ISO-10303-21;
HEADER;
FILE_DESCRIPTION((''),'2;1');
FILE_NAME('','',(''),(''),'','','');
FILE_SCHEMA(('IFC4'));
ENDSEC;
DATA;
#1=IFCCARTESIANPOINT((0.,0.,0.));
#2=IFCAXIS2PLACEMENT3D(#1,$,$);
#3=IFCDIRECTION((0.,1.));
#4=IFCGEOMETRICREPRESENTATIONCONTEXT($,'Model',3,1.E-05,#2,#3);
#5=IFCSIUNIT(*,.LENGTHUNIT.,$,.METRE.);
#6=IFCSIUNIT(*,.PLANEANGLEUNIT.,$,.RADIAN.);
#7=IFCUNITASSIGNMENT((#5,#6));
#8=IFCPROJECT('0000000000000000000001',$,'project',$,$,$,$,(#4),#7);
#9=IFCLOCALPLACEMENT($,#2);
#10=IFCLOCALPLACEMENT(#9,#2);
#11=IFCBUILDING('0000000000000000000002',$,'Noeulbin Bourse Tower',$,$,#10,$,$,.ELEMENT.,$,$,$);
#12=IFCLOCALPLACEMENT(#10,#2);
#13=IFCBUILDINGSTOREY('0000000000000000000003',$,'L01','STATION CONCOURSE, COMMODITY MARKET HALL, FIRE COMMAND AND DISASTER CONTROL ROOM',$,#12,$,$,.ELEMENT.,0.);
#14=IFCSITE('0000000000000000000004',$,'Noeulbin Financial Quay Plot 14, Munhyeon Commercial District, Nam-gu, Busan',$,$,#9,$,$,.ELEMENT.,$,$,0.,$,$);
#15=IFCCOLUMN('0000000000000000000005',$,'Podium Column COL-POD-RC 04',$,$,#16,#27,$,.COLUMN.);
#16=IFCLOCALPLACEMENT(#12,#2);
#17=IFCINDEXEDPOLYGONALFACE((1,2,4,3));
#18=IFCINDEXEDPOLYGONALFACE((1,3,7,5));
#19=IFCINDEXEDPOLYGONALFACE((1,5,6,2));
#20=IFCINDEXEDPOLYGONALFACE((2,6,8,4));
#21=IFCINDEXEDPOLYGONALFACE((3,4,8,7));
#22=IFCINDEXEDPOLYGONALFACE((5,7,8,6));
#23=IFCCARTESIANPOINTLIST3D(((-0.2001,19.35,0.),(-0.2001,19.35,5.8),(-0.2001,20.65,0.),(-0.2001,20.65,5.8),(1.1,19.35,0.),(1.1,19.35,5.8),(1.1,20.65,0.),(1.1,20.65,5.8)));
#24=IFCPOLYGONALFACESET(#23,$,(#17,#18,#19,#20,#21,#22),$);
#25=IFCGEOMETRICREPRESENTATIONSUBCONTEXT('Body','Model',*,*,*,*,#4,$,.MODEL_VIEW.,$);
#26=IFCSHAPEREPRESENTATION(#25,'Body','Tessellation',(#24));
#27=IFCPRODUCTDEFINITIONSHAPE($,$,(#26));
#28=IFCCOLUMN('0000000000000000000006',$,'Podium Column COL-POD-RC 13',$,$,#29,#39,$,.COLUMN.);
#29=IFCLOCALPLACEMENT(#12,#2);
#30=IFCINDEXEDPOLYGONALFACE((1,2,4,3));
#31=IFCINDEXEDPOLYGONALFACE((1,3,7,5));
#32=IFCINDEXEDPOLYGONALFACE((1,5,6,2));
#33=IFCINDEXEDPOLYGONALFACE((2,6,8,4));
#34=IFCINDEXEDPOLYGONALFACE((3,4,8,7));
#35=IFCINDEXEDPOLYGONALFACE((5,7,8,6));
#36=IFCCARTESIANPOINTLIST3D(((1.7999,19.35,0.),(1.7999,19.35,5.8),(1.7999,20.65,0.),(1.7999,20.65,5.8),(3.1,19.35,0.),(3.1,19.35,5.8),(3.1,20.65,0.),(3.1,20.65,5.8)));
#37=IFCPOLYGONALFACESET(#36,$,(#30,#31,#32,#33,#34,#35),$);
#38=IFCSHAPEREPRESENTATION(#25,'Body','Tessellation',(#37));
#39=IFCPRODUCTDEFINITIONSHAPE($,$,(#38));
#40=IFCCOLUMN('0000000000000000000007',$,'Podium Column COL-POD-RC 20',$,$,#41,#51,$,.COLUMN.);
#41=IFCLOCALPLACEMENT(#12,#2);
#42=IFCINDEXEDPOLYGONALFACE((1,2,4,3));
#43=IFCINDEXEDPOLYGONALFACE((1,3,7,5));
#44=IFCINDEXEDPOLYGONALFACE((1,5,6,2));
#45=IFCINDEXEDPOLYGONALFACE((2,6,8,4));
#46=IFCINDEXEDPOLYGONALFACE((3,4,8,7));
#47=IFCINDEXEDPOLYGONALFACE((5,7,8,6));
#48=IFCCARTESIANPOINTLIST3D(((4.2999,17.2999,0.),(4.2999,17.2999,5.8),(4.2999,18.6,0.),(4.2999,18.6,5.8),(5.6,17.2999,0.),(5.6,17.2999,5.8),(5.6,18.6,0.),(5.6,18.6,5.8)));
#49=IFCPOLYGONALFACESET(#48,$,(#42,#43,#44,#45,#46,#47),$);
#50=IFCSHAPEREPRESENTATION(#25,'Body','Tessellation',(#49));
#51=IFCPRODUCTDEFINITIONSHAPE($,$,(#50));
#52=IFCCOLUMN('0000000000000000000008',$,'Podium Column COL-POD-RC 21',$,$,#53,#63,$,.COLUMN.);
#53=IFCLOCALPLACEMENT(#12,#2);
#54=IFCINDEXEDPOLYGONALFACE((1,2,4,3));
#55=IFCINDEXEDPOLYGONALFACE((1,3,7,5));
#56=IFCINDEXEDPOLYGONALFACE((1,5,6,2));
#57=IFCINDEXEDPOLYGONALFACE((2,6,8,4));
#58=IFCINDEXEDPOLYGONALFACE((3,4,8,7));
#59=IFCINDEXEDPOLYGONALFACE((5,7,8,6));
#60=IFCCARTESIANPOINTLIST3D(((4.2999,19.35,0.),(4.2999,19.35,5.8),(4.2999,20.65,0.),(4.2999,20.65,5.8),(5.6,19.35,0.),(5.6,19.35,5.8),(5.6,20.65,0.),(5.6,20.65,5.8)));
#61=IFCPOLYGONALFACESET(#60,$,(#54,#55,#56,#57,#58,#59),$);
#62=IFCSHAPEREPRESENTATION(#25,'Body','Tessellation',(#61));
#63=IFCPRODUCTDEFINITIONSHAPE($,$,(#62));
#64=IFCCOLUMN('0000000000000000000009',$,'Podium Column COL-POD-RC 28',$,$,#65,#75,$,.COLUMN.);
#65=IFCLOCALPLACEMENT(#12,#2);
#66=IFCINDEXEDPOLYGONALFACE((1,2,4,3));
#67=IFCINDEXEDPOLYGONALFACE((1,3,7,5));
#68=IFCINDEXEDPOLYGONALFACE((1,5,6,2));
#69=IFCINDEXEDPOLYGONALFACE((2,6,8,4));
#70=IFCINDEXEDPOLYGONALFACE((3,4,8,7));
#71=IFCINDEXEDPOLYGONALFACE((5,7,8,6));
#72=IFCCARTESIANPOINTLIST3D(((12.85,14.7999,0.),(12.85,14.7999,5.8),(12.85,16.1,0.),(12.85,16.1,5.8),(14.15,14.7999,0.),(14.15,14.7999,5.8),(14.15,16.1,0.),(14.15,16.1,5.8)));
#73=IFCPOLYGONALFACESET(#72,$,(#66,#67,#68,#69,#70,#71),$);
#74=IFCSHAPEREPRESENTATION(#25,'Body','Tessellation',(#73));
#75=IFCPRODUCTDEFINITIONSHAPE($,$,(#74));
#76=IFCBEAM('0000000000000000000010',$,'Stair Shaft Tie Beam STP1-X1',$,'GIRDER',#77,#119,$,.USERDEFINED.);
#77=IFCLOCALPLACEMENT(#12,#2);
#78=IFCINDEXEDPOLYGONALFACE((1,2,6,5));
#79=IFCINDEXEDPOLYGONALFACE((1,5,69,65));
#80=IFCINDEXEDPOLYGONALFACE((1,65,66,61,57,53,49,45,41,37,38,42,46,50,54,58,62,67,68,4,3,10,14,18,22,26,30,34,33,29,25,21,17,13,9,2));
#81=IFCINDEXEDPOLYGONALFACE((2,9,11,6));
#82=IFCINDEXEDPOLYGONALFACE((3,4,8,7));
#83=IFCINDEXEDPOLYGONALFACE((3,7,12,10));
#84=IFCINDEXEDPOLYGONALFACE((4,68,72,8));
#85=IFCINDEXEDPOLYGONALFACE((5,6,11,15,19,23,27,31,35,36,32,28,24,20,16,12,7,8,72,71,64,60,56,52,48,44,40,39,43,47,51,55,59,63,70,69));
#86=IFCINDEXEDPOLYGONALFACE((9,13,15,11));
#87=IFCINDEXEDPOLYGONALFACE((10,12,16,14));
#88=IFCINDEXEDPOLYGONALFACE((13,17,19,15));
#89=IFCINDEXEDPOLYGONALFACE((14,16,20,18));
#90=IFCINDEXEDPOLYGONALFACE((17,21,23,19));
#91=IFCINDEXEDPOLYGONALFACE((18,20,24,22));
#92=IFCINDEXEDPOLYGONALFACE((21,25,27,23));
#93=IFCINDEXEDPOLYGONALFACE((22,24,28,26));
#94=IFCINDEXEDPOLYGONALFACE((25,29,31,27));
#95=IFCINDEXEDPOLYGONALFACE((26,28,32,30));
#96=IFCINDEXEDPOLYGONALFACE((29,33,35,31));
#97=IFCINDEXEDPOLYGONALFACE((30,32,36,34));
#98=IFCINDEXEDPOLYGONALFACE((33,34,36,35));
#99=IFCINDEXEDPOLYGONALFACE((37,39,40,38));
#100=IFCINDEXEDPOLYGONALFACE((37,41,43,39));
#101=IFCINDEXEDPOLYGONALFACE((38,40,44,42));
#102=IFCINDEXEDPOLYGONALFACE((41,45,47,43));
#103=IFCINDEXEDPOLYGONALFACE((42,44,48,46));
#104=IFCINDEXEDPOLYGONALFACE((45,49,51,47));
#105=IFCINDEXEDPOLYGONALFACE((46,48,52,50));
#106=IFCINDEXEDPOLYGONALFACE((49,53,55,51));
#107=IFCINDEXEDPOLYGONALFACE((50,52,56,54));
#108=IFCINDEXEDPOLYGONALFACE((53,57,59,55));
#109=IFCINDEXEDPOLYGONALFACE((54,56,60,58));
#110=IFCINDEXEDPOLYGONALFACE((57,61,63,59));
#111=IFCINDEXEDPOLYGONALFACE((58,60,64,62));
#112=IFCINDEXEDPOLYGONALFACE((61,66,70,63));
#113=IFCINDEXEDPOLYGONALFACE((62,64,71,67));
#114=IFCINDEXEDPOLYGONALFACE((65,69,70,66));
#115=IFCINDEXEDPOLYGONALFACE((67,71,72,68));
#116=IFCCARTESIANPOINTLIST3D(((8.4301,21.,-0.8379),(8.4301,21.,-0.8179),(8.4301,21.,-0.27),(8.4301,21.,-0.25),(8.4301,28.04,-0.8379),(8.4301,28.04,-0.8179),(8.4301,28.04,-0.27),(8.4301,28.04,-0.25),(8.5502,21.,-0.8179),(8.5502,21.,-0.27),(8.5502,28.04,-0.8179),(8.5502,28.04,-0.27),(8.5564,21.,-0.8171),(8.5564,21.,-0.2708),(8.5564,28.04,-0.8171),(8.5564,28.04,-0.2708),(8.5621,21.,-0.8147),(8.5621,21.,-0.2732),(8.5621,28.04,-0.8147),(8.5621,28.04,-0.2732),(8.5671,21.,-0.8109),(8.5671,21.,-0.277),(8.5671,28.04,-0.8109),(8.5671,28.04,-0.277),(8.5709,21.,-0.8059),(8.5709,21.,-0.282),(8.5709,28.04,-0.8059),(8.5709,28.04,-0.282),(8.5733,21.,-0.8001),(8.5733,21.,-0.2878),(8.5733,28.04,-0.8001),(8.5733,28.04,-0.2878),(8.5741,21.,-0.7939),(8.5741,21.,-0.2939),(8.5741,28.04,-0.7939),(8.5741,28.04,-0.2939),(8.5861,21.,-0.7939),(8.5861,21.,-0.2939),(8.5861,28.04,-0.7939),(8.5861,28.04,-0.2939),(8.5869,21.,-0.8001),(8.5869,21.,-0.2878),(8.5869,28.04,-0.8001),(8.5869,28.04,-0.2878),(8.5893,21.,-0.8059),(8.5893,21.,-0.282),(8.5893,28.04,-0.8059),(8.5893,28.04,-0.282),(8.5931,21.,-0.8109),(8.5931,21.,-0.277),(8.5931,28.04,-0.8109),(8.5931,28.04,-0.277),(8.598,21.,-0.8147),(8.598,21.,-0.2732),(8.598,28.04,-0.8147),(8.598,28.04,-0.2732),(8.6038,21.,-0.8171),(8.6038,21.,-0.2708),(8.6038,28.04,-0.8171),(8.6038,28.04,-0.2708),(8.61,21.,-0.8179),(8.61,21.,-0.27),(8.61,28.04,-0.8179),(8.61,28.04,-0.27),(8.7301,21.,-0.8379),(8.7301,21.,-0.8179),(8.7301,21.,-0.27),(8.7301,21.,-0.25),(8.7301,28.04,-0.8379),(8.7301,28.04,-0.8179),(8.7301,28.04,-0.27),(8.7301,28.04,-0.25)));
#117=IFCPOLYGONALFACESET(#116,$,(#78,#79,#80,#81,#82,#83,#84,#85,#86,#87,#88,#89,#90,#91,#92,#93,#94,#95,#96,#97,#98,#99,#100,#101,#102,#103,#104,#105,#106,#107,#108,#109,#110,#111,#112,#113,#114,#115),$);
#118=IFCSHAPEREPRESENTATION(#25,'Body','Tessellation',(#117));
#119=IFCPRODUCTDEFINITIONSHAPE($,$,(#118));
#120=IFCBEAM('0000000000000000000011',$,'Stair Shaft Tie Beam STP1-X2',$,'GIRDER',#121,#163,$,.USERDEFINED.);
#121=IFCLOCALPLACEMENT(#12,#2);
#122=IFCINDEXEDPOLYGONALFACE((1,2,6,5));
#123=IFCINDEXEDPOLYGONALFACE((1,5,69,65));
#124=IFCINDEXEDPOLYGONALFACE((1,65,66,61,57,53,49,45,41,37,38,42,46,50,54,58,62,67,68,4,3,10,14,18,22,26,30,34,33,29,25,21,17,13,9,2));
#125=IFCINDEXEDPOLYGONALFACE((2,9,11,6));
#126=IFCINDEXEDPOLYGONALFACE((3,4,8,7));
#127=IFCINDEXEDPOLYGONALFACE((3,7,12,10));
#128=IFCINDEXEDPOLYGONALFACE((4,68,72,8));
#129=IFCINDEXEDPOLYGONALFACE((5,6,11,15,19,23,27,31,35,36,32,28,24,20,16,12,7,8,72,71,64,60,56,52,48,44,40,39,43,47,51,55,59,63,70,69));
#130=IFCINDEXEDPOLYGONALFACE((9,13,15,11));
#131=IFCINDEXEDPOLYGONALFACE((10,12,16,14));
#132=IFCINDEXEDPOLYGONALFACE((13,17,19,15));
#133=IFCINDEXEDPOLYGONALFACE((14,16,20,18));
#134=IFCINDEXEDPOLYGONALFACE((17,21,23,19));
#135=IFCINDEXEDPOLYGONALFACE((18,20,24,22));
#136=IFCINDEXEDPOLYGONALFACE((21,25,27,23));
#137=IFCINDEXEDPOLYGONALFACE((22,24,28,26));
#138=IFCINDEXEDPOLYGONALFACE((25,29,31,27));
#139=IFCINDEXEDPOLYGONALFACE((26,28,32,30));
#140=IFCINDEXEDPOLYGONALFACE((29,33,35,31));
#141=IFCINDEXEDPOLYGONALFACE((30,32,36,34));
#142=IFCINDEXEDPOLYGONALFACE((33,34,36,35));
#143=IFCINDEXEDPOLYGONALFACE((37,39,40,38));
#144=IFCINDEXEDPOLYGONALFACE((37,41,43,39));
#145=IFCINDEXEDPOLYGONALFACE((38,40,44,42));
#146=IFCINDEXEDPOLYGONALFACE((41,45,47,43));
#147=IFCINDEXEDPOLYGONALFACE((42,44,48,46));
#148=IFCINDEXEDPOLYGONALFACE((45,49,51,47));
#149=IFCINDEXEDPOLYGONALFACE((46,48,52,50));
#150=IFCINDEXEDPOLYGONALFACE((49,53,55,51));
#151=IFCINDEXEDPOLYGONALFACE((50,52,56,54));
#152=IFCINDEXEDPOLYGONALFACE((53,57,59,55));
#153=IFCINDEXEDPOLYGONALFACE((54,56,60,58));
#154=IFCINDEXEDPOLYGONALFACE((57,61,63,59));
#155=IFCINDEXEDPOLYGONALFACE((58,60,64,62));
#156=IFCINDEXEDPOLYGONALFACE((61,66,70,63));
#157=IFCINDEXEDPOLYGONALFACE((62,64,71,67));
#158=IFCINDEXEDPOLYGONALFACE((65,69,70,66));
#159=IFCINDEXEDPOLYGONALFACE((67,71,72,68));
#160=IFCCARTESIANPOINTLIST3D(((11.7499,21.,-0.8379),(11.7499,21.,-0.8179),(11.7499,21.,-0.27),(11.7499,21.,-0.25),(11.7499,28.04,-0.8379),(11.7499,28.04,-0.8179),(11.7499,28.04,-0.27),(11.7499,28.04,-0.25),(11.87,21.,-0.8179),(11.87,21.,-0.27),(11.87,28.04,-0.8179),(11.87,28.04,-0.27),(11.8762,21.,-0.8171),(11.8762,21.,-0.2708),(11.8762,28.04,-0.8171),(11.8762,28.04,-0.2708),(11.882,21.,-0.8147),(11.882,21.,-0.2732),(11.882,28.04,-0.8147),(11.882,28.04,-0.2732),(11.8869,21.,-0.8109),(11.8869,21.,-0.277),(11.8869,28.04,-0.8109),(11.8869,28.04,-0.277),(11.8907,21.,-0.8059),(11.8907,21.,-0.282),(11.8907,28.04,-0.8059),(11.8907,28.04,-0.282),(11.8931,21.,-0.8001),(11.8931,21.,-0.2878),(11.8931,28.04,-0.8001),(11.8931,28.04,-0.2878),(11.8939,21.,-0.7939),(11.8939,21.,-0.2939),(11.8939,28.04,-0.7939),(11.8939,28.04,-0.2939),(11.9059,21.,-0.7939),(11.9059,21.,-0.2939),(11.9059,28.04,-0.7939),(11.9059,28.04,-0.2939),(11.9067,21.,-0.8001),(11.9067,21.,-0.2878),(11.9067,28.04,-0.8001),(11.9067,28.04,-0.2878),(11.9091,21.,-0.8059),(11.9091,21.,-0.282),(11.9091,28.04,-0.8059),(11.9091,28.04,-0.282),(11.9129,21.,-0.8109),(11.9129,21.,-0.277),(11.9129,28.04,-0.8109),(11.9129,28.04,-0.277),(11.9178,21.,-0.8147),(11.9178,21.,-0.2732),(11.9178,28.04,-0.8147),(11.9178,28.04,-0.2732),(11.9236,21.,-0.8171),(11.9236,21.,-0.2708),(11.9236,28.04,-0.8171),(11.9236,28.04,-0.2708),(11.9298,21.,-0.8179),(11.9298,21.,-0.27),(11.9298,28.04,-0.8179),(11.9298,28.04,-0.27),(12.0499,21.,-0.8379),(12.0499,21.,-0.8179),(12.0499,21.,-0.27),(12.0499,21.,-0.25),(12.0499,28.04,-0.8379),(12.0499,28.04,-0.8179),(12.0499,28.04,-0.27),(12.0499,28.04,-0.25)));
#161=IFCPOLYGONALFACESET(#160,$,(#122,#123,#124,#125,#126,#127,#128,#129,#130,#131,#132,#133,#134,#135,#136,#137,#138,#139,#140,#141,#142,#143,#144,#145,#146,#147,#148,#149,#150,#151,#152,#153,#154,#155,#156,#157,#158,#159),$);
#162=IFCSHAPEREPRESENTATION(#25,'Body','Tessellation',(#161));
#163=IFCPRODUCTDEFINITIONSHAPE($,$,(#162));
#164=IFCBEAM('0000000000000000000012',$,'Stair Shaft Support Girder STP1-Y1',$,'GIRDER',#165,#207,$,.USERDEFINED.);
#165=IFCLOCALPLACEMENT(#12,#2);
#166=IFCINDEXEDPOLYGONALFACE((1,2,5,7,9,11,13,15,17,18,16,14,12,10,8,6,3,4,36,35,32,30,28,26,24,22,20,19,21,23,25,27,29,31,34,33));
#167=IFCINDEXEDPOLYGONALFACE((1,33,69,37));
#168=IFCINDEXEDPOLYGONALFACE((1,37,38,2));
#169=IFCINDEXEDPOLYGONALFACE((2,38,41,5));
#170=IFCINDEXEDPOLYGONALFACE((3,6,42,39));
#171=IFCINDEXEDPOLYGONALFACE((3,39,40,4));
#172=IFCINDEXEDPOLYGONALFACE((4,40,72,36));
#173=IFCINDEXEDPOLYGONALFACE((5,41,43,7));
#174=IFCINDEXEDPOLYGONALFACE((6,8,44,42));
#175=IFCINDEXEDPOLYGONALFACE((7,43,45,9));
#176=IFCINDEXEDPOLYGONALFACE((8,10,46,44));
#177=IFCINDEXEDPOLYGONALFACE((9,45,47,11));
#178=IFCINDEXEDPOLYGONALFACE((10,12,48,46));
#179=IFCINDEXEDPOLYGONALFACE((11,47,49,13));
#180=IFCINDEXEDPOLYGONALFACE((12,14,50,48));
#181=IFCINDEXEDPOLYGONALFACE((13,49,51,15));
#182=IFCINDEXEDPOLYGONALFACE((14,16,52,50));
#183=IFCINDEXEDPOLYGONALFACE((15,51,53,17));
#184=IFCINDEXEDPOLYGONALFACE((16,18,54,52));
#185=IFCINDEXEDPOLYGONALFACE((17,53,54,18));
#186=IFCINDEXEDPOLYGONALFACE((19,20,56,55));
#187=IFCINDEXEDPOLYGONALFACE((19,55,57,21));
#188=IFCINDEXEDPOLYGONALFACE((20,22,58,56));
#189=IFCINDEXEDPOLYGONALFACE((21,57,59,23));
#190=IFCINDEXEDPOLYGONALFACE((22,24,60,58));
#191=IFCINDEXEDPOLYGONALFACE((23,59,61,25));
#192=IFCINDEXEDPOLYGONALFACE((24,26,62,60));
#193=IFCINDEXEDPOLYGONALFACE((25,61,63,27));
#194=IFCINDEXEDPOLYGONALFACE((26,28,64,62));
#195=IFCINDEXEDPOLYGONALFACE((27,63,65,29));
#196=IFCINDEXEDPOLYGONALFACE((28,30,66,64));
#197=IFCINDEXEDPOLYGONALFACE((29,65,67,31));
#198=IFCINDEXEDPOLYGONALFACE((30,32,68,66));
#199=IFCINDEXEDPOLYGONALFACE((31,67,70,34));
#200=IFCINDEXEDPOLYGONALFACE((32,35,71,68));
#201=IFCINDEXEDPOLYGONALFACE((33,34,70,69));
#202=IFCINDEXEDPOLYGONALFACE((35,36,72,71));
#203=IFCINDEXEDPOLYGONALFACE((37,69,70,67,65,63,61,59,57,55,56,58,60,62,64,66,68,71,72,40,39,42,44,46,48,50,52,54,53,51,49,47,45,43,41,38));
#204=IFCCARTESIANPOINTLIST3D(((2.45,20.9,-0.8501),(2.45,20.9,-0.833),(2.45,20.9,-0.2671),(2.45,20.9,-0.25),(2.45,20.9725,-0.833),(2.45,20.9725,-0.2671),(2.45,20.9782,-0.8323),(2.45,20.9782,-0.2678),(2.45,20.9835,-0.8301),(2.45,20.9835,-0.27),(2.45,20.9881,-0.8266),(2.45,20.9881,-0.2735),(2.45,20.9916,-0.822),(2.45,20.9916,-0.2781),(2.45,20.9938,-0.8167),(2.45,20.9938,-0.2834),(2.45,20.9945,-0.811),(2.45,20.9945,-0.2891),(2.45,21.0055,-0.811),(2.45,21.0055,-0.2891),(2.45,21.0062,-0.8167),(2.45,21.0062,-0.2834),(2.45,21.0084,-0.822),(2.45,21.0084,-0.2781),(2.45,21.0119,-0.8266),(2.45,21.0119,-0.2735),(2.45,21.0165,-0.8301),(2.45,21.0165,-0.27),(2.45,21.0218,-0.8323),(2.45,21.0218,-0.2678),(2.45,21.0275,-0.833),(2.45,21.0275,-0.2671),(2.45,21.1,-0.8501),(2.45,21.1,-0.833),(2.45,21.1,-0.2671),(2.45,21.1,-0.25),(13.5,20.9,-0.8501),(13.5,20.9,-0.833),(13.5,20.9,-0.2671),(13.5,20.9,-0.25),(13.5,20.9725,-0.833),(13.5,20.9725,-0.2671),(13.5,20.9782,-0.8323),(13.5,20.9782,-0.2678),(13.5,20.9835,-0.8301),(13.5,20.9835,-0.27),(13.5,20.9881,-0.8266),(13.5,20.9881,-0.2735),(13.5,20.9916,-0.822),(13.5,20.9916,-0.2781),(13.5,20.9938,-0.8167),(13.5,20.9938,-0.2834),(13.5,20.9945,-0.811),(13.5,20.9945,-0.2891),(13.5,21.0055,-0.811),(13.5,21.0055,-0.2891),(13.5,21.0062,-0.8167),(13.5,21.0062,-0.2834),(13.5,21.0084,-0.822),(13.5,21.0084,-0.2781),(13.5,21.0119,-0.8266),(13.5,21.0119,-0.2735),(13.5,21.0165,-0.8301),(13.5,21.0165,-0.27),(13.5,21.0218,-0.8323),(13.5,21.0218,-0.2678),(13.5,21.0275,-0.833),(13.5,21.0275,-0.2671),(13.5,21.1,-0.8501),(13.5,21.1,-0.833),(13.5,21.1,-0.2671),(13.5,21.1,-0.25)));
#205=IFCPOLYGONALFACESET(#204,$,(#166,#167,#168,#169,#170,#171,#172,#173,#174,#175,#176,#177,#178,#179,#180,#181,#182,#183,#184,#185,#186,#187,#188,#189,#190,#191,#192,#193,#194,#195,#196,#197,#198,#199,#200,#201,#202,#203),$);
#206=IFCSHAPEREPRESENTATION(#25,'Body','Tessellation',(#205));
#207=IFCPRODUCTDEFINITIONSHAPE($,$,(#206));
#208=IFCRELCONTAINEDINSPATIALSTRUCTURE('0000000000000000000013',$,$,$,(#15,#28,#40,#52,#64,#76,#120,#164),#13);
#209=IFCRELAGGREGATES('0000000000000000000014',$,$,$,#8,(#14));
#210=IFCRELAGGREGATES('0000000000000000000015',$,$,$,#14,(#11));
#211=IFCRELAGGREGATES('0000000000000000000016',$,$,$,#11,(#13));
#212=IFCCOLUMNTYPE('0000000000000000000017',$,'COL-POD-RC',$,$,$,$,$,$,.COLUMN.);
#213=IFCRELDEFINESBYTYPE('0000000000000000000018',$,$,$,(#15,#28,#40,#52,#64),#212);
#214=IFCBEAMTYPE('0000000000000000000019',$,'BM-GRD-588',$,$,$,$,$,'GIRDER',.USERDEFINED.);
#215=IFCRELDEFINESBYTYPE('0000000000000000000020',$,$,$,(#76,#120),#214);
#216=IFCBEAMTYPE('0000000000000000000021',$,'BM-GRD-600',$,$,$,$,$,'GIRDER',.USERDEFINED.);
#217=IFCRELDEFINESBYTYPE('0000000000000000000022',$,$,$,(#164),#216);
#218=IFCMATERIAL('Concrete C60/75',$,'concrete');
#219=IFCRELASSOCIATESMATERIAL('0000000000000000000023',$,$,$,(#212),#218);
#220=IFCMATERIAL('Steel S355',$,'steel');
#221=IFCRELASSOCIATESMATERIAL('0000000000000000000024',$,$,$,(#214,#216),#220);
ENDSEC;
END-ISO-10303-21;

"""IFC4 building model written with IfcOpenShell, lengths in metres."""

from ifc_helpers import new_model, si_unit, direction, frame, origin, origin_2d, place, context, subcontext, project, spatial, rectangle, i_section, extrude, material, material_profile, profile_set, type_object, element, save


model = new_model("IFC4")

# Units and contexts
model_context = context("Model", 3, precision=1e-05, world=origin(), true_north=direction((0.0, 1.0)))
body_context = subcontext(model_context, "Body", "Model", "MODEL_VIEW")
ifc_project = project(units=[si_unit("LENGTHUNIT", "METRE"), si_unit("PLANEANGLEUNIT", "RADIAN")], contexts=[model_context])

# Site, building, storey
site_placement = place(None, origin())
site = spatial("IfcSite", under=ifc_project, at=site_placement, Name="Noeulbin Financial Quay Plot 14, Munhyeon Commercial District, Nam-gu, Busan", CompositionType="ELEMENT", RefElevation=0.0)
building_placement = place(site_placement, origin())
building = spatial("IfcBuilding", under=site, at=building_placement, Name="Noeulbin Bourse Tower", CompositionType="ELEMENT")
storey_placement = place(building_placement, origin())
storey = spatial("IfcBuildingStorey", under=building, at=storey_placement, Name="L01", Description="STATION CONCOURSE, COMMODITY MARKET HALL, FIRE COMMAND AND DISASTER CONTROL ROOM", CompositionType="ELEMENT", Elevation=0.0)

# Columns
ifc_material_1 = material(Name="Concrete C60/75", Category="concrete")
ifc_material_profile_1 = material_profile(ifc_material_1, rectangle(XDim=1.3, YDim=1.3, at=origin_2d()), Name="RC-COL-1300x1300", Category="LoadBearing")
ifc_profile_set_1 = profile_set([ifc_material_profile_1], Name="Concrete C60/75")
column_type = type_object("IfcColumnType", Name="COL-POD-RC", PredefinedType="COLUMN", material=ifc_profile_set_1)
for number, where, z_axis, x_axis, name in (
    (1, (0.45, 20.0, 0.0), (0.0, 0.0, 1.0), (1.0, 0.0, 0.0), "Podium Column COL-POD-RC 04"),
    (2, (2.45, 20.0, 0.0), (0.0, 0.0, 1.0), (1.0, 0.0, 0.0), "Podium Column COL-POD-RC 13"),
    (3, (4.95, 17.95, 0.0), (0.0, 0.0, 1.0), (1.0, 0.0, 0.0), "Podium Column COL-POD-RC 20"),
    (4, (4.95, 20.0, 0.0), (0.0, 0.0, 1.0), (1.0, 0.0, 0.0), "Podium Column COL-POD-RC 21"),
    (5, (13.5, 15.45, 0.0), (0.0, 0.0, 1.0), (1.0, 0.0, 0.0), "Podium Column COL-POD-RC 28"),
):
    element("IfcColumn", number, at=place(storey_placement, frame(where, z_axis=z_axis, x_axis=x_axis)), inside=storey, type_object=column_type, Name=name, PredefinedType="COLUMN", context=body_context, shape_type="SweptSolid", body=[
        extrude(rectangle(XDim=1.3, YDim=1.3, at=origin_2d()), origin(), (0.0, 0.0, 1.0), 5.8),
    ])

# Beams
ifc_material_2 = material(Name="Steel S355", Category="steel")
ifc_material_profile_2 = material_profile(ifc_material_2, i_section(OverallWidth=0.3, OverallDepth=0.5879, WebThickness=0.012, FlangeThickness=0.02, FilletRadius=0.0239, at=origin_2d()), Name="H-588x300x12x20", Category="LoadBearing")
ifc_profile_set_2 = profile_set([ifc_material_profile_2], Name="Steel S355")
beam_type_1 = type_object("IfcBeamType", Name="BM-GRD-588", ElementType="GIRDER", PredefinedType="USERDEFINED", material=ifc_profile_set_2)
for number, where, z_axis, x_axis, name in (
    (6, (8.5801, 21.0, -0.5439), (0.0, 1.0, 0.0), (-1.0, 0.0, 0.0), "Stair Shaft Tie Beam STP1-X1"),
    (7, (11.8999, 21.0, -0.5439), (0.0, 1.0, 0.0), (-1.0, 0.0, 0.0), "Stair Shaft Tie Beam STP1-X2"),
):
    element("IfcBeam", number, at=place(storey_placement, frame(where, z_axis=z_axis, x_axis=x_axis)), inside=storey, type_object=beam_type_1, Name=name, ObjectType="GIRDER", PredefinedType="USERDEFINED", context=body_context, shape_type="SweptSolid", body=[
        extrude(i_section(OverallWidth=0.3, OverallDepth=0.5879, WebThickness=0.012, FlangeThickness=0.02, FilletRadius=0.0239, at=origin_2d()), origin(), (0.0, 0.0, 1.0), 7.04),
    ])
ifc_material_profile_3 = material_profile(ifc_material_2, i_section(OverallWidth=0.2, OverallDepth=0.6001, WebThickness=0.011, FlangeThickness=0.0171, FilletRadius=0.022, at=origin_2d()), Name="H-600x200x11x17", Category="LoadBearing")
ifc_profile_set_3 = profile_set([ifc_material_profile_3], Name="Steel S355")
beam_type_2 = type_object("IfcBeamType", Name="BM-GRD-600", ElementType="GIRDER", PredefinedType="USERDEFINED", material=ifc_profile_set_3)
beam_1_placement = place(storey_placement, frame((2.45, 21.0, -0.55), z_axis=(1.0, 0.0, 0.0), x_axis=(0.0, 1.0, 0.0)))
element("IfcBeam", 8, at=beam_1_placement, inside=storey, type_object=beam_type_2, Name="Stair Shaft Support Girder STP1-Y1", ObjectType="GIRDER", PredefinedType="USERDEFINED", context=body_context, shape_type="SweptSolid", body=[
    extrude(i_section(OverallWidth=0.2, OverallDepth=0.6001, WebThickness=0.011, FlangeThickness=0.0171, FilletRadius=0.022, at=origin_2d()), origin(), (0.0, 0.0, 1.0), 11.05),
])

save(model, "model.ifc")
